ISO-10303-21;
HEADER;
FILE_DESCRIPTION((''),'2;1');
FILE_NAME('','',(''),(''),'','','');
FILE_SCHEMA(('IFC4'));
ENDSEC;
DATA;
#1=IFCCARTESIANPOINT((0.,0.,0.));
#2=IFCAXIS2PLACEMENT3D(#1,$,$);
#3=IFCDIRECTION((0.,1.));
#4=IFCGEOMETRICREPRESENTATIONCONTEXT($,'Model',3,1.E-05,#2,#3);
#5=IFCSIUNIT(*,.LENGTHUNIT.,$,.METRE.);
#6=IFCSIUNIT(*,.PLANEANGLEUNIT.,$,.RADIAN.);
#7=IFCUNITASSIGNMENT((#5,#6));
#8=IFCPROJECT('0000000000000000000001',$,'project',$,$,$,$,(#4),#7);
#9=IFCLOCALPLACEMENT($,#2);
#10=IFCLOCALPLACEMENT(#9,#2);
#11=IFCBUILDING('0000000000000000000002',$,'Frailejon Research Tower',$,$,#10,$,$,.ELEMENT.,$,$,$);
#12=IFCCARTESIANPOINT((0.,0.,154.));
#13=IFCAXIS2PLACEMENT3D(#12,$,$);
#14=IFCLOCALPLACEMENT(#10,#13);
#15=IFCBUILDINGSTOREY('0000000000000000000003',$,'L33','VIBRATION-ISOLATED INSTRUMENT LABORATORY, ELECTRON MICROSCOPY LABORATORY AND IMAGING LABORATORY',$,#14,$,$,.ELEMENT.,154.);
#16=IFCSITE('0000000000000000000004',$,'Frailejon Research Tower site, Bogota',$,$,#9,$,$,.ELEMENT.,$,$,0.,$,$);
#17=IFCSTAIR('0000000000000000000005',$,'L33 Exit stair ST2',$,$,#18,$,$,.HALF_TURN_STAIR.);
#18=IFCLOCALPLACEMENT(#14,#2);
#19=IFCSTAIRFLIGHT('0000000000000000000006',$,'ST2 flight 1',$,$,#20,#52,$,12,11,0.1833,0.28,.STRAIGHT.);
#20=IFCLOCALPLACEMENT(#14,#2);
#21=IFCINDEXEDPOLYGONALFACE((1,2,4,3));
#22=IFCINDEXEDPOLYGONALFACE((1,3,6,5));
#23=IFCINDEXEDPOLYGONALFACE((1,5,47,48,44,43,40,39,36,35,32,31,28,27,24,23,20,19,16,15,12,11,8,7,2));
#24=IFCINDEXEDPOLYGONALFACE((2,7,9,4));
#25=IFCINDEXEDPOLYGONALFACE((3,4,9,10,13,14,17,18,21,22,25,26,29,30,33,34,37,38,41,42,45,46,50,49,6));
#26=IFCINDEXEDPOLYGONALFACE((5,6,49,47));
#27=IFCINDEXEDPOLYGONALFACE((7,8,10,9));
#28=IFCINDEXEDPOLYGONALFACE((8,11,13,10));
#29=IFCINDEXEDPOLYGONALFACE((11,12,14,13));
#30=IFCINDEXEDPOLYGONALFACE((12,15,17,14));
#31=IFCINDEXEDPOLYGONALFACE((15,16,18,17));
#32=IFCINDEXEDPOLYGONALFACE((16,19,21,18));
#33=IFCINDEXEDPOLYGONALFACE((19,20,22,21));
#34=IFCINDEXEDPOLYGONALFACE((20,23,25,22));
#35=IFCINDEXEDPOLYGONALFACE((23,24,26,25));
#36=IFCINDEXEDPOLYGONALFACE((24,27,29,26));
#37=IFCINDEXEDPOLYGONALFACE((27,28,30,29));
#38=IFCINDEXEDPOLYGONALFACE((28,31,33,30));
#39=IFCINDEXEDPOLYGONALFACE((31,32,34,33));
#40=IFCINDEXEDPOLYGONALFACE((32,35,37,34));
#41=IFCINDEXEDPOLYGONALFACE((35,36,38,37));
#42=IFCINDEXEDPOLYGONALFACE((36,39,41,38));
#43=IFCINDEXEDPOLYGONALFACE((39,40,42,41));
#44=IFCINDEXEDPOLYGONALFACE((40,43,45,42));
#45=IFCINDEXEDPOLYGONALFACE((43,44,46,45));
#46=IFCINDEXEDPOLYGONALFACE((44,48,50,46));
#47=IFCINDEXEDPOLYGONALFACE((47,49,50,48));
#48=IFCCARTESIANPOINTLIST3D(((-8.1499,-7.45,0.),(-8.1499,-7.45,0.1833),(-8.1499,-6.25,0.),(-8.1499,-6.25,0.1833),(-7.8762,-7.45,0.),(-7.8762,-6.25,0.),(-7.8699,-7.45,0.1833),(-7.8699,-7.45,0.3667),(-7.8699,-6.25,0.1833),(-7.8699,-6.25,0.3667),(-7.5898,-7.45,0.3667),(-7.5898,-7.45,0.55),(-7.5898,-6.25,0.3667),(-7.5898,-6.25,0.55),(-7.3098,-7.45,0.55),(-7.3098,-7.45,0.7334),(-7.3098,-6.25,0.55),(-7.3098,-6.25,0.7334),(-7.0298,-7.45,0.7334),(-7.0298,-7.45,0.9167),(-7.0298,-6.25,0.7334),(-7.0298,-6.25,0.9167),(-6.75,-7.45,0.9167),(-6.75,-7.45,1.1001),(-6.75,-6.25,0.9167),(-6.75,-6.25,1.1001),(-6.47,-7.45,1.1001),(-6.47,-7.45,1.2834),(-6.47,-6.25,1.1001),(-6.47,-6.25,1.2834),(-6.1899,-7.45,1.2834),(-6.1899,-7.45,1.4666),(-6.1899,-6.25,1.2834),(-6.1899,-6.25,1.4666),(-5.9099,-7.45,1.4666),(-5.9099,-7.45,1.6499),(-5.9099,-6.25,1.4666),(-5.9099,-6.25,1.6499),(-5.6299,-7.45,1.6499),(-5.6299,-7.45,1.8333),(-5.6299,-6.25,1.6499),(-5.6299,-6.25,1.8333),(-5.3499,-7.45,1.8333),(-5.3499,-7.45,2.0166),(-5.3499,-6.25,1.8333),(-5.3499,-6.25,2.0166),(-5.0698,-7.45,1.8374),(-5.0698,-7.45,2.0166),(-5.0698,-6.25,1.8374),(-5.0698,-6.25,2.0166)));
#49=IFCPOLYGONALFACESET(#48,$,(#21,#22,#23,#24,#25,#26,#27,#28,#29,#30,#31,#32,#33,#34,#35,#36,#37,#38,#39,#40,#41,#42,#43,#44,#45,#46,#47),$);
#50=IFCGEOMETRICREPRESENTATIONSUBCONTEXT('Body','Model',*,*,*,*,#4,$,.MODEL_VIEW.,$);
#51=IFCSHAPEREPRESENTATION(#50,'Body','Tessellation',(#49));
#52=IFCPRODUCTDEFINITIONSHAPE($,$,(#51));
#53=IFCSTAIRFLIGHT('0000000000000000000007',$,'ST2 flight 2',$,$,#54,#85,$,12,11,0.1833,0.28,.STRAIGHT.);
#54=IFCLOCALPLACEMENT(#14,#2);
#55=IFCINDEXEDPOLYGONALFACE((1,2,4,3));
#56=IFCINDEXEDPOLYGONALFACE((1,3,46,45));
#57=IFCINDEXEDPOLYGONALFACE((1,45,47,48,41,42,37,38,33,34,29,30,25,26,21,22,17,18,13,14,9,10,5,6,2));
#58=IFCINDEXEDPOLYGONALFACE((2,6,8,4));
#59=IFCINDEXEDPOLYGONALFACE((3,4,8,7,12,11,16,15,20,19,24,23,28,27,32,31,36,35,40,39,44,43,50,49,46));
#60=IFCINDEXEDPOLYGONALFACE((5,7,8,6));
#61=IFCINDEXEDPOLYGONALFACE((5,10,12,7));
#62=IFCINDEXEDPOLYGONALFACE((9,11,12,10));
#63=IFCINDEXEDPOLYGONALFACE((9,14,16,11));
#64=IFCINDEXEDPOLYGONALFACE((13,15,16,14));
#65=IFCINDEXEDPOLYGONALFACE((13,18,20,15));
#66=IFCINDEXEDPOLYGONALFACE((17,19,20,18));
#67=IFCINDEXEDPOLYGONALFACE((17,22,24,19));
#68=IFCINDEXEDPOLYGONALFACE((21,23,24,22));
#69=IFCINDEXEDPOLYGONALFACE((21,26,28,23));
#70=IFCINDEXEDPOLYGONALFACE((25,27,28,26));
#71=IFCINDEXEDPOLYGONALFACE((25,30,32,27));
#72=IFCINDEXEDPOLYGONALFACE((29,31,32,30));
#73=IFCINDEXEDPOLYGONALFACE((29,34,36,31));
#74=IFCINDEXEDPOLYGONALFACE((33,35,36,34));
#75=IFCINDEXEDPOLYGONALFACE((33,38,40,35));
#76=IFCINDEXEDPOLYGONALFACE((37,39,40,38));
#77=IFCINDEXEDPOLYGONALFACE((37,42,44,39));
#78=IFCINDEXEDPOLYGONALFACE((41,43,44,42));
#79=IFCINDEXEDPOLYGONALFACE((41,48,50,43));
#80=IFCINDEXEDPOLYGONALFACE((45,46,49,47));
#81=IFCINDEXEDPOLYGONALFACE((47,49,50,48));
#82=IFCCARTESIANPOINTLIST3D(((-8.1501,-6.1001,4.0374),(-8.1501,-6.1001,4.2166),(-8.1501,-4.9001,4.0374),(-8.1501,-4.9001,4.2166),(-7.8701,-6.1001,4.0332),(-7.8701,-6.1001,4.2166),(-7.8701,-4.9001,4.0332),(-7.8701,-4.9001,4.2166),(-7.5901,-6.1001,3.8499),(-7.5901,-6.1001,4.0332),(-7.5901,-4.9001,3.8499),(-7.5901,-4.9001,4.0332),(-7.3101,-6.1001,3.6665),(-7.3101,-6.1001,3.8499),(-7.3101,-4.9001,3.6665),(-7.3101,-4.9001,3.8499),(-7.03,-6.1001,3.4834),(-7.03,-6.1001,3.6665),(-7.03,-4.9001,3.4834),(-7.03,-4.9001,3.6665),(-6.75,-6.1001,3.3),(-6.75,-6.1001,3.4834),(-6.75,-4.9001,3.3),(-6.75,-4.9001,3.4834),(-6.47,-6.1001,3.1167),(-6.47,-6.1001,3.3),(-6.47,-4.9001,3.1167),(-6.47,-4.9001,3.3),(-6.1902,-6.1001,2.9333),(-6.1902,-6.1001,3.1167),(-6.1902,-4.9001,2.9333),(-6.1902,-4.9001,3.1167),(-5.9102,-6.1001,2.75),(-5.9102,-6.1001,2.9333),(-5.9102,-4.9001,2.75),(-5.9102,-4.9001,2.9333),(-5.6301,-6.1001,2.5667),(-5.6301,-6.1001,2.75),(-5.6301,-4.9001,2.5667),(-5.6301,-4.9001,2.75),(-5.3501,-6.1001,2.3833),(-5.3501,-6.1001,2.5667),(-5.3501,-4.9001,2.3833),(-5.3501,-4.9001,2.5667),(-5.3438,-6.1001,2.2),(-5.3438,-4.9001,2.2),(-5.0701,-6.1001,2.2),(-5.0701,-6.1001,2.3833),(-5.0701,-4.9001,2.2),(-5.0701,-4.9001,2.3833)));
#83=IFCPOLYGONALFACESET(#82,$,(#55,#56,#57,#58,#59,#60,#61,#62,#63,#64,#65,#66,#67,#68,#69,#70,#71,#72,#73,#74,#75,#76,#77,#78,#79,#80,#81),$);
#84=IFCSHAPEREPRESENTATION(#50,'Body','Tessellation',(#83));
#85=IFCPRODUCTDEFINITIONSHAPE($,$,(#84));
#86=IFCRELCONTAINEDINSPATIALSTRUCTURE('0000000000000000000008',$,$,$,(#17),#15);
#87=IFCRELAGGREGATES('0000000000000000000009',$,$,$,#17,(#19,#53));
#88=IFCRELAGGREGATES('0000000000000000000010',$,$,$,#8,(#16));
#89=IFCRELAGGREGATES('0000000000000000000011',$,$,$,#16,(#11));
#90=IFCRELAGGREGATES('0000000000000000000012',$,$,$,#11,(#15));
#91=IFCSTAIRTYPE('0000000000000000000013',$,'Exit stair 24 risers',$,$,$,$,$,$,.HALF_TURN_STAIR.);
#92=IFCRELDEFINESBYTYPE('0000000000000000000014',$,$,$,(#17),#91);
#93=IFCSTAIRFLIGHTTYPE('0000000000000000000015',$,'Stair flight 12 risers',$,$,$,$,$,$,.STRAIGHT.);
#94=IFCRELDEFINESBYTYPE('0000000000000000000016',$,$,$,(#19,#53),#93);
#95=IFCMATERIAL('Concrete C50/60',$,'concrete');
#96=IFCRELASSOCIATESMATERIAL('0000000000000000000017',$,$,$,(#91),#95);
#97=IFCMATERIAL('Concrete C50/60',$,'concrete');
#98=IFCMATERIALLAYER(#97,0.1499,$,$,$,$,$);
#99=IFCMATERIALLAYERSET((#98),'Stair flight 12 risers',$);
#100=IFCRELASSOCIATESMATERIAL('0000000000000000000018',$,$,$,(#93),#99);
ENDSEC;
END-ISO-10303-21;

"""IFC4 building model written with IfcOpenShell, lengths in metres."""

from ifc_helpers import new_model, si_unit, direction, frame, origin, place, context, subcontext, project, spatial, polyline, outline, extrude, material, layer, layer_set, type_object, element, aggregate, save


model = new_model("IFC4")

# Units and contexts
model_context = context("Model", 3, precision=1e-05, world=origin(), true_north=direction((0.0, 1.0)))
body_context = subcontext(model_context, "Body", "Model", "MODEL_VIEW")
ifc_project = project(units=[si_unit("LENGTHUNIT", "METRE"), si_unit("PLANEANGLEUNIT", "RADIAN")], contexts=[model_context])

# Site, building, storey
site_placement = place(None, origin())
site = spatial("IfcSite", under=ifc_project, at=site_placement, Name="Frailejon Research Tower site, Bogota", CompositionType="ELEMENT", RefElevation=0.0)
building_placement = place(site_placement, origin())
building = spatial("IfcBuilding", under=site, at=building_placement, Name="Frailejon Research Tower", CompositionType="ELEMENT")
storey_placement = place(building_placement, frame((0.0, 0.0, 154.0)))
storey = spatial("IfcBuildingStorey", under=building, at=storey_placement, Name="L33", Description="VIBRATION-ISOLATED INSTRUMENT LABORATORY, ELECTRON MICROSCOPY LABORATORY AND IMAGING LABORATORY", CompositionType="ELEMENT", Elevation=154.0)

# Stair, stair flights
ifc_material_1 = material(Name="Concrete C50/60", Category="concrete")
stair_type = type_object("IfcStairType", Name="Exit stair 24 risers", PredefinedType="HALF_TURN_STAIR", material=ifc_material_1)
stair_placement = place(storey_placement, origin())
stair = element("IfcStair", 1, at=stair_placement, inside=storey, type_object=stair_type, Name="L33 Exit stair ST2", PredefinedType="HALF_TURN_STAIR")
ifc_material_2 = material(Name="Concrete C50/60", Category="concrete")
ifc_layer_1 = layer(ifc_material_2, 0.1499)
ifc_layer_set_1 = layer_set([ifc_layer_1], Name="Stair flight 12 risers")
stair_flight_type = type_object("IfcStairFlightType", Name="Stair flight 12 risers", PredefinedType="STRAIGHT", material=ifc_layer_set_1)
stair_flight_1_placement = place(storey_placement, frame((-8.1499, -6.8501, 0.0), z_axis=(0.0, 0.0, 1.0), x_axis=(1.0, 0.0, 0.0)))
stair_flight_1 = element("IfcStairFlight", 2, at=stair_flight_1_placement, type_object=stair_flight_type, Name="ST2 flight 1", NumberOfRisers=12, NumberOfTreads=11, PredefinedType="STRAIGHT", RiserHeight=0.1833, TreadLength=0.28, context=body_context, shape_type="SweptSolid", body=[
    extrude(outline(polyline([(0.0, 0.0), (0.0, 0.1833), (0.28, 0.1833), (0.28, 0.3667), (0.5601, 0.3667), (0.5601, 0.55), (0.8401, 0.55), (0.8401, 0.7334), (1.1201, 0.7334), (1.1201, 0.9167), (1.3999, 0.9167), (1.3999, 1.1001), (1.6799, 1.1001), (1.6799, 1.2834), (1.96, 1.2834), (1.96, 1.4666), (2.24, 1.4666), (2.24, 1.6499), (2.52, 1.6499), (2.52, 1.8333), (2.8, 1.8333), (2.8, 2.0166), (3.0801, 2.0166), (3.0801, 2.2), (3.0801, 1.8374), (0.2737, 0.0), (0.0, 0.0)])), frame((0.0, 0.6001, 0.0), z_axis=(0.0, -1.0, 0.0), x_axis=(1.0, 0.0, 0.0)), (0.0, 0.0, 1.0), 1.2),
])
stair_flight_2_placement = place(storey_placement, frame((-5.0701, -5.5, 2.2), z_axis=(0.0, 0.0, 1.0), x_axis=(-1.0, 0.0, 0.0)))
stair_flight_2 = element("IfcStairFlight", 3, at=stair_flight_2_placement, type_object=stair_flight_type, Name="ST2 flight 2", NumberOfRisers=12, NumberOfTreads=11, PredefinedType="STRAIGHT", RiserHeight=0.1833, TreadLength=0.28, context=body_context, shape_type="SweptSolid", body=[
    extrude(outline(polyline([(0.0, 0.0), (0.0, 0.1833), (0.28, 0.1833), (0.28, 0.3667), (0.5601, 0.3667), (0.5601, 0.55), (0.8401, 0.55), (0.8401, 0.7334), (1.1201, 0.7334), (1.1201, 0.9167), (1.3999, 0.9167), (1.3999, 1.1001), (1.6799, 1.1001), (1.6799, 1.2834), (1.96, 1.2834), (1.96, 1.4666), (2.24, 1.4666), (2.24, 1.6499), (2.52, 1.6499), (2.52, 1.8333), (2.8, 1.8333), (2.8, 2.0166), (3.0801, 2.0166), (3.0801, 2.2), (3.0801, 1.8374), (0.2737, 0.0), (0.0, 0.0)])), frame((0.0, 0.6001, 0.0), z_axis=(0.0, -1.0, 0.0), x_axis=(1.0, 0.0, 0.0)), (0.0, 0.0, 1.0), 1.2),
])
aggregate(stair, [stair_flight_1, stair_flight_2])

save(model, "model.ifc")
